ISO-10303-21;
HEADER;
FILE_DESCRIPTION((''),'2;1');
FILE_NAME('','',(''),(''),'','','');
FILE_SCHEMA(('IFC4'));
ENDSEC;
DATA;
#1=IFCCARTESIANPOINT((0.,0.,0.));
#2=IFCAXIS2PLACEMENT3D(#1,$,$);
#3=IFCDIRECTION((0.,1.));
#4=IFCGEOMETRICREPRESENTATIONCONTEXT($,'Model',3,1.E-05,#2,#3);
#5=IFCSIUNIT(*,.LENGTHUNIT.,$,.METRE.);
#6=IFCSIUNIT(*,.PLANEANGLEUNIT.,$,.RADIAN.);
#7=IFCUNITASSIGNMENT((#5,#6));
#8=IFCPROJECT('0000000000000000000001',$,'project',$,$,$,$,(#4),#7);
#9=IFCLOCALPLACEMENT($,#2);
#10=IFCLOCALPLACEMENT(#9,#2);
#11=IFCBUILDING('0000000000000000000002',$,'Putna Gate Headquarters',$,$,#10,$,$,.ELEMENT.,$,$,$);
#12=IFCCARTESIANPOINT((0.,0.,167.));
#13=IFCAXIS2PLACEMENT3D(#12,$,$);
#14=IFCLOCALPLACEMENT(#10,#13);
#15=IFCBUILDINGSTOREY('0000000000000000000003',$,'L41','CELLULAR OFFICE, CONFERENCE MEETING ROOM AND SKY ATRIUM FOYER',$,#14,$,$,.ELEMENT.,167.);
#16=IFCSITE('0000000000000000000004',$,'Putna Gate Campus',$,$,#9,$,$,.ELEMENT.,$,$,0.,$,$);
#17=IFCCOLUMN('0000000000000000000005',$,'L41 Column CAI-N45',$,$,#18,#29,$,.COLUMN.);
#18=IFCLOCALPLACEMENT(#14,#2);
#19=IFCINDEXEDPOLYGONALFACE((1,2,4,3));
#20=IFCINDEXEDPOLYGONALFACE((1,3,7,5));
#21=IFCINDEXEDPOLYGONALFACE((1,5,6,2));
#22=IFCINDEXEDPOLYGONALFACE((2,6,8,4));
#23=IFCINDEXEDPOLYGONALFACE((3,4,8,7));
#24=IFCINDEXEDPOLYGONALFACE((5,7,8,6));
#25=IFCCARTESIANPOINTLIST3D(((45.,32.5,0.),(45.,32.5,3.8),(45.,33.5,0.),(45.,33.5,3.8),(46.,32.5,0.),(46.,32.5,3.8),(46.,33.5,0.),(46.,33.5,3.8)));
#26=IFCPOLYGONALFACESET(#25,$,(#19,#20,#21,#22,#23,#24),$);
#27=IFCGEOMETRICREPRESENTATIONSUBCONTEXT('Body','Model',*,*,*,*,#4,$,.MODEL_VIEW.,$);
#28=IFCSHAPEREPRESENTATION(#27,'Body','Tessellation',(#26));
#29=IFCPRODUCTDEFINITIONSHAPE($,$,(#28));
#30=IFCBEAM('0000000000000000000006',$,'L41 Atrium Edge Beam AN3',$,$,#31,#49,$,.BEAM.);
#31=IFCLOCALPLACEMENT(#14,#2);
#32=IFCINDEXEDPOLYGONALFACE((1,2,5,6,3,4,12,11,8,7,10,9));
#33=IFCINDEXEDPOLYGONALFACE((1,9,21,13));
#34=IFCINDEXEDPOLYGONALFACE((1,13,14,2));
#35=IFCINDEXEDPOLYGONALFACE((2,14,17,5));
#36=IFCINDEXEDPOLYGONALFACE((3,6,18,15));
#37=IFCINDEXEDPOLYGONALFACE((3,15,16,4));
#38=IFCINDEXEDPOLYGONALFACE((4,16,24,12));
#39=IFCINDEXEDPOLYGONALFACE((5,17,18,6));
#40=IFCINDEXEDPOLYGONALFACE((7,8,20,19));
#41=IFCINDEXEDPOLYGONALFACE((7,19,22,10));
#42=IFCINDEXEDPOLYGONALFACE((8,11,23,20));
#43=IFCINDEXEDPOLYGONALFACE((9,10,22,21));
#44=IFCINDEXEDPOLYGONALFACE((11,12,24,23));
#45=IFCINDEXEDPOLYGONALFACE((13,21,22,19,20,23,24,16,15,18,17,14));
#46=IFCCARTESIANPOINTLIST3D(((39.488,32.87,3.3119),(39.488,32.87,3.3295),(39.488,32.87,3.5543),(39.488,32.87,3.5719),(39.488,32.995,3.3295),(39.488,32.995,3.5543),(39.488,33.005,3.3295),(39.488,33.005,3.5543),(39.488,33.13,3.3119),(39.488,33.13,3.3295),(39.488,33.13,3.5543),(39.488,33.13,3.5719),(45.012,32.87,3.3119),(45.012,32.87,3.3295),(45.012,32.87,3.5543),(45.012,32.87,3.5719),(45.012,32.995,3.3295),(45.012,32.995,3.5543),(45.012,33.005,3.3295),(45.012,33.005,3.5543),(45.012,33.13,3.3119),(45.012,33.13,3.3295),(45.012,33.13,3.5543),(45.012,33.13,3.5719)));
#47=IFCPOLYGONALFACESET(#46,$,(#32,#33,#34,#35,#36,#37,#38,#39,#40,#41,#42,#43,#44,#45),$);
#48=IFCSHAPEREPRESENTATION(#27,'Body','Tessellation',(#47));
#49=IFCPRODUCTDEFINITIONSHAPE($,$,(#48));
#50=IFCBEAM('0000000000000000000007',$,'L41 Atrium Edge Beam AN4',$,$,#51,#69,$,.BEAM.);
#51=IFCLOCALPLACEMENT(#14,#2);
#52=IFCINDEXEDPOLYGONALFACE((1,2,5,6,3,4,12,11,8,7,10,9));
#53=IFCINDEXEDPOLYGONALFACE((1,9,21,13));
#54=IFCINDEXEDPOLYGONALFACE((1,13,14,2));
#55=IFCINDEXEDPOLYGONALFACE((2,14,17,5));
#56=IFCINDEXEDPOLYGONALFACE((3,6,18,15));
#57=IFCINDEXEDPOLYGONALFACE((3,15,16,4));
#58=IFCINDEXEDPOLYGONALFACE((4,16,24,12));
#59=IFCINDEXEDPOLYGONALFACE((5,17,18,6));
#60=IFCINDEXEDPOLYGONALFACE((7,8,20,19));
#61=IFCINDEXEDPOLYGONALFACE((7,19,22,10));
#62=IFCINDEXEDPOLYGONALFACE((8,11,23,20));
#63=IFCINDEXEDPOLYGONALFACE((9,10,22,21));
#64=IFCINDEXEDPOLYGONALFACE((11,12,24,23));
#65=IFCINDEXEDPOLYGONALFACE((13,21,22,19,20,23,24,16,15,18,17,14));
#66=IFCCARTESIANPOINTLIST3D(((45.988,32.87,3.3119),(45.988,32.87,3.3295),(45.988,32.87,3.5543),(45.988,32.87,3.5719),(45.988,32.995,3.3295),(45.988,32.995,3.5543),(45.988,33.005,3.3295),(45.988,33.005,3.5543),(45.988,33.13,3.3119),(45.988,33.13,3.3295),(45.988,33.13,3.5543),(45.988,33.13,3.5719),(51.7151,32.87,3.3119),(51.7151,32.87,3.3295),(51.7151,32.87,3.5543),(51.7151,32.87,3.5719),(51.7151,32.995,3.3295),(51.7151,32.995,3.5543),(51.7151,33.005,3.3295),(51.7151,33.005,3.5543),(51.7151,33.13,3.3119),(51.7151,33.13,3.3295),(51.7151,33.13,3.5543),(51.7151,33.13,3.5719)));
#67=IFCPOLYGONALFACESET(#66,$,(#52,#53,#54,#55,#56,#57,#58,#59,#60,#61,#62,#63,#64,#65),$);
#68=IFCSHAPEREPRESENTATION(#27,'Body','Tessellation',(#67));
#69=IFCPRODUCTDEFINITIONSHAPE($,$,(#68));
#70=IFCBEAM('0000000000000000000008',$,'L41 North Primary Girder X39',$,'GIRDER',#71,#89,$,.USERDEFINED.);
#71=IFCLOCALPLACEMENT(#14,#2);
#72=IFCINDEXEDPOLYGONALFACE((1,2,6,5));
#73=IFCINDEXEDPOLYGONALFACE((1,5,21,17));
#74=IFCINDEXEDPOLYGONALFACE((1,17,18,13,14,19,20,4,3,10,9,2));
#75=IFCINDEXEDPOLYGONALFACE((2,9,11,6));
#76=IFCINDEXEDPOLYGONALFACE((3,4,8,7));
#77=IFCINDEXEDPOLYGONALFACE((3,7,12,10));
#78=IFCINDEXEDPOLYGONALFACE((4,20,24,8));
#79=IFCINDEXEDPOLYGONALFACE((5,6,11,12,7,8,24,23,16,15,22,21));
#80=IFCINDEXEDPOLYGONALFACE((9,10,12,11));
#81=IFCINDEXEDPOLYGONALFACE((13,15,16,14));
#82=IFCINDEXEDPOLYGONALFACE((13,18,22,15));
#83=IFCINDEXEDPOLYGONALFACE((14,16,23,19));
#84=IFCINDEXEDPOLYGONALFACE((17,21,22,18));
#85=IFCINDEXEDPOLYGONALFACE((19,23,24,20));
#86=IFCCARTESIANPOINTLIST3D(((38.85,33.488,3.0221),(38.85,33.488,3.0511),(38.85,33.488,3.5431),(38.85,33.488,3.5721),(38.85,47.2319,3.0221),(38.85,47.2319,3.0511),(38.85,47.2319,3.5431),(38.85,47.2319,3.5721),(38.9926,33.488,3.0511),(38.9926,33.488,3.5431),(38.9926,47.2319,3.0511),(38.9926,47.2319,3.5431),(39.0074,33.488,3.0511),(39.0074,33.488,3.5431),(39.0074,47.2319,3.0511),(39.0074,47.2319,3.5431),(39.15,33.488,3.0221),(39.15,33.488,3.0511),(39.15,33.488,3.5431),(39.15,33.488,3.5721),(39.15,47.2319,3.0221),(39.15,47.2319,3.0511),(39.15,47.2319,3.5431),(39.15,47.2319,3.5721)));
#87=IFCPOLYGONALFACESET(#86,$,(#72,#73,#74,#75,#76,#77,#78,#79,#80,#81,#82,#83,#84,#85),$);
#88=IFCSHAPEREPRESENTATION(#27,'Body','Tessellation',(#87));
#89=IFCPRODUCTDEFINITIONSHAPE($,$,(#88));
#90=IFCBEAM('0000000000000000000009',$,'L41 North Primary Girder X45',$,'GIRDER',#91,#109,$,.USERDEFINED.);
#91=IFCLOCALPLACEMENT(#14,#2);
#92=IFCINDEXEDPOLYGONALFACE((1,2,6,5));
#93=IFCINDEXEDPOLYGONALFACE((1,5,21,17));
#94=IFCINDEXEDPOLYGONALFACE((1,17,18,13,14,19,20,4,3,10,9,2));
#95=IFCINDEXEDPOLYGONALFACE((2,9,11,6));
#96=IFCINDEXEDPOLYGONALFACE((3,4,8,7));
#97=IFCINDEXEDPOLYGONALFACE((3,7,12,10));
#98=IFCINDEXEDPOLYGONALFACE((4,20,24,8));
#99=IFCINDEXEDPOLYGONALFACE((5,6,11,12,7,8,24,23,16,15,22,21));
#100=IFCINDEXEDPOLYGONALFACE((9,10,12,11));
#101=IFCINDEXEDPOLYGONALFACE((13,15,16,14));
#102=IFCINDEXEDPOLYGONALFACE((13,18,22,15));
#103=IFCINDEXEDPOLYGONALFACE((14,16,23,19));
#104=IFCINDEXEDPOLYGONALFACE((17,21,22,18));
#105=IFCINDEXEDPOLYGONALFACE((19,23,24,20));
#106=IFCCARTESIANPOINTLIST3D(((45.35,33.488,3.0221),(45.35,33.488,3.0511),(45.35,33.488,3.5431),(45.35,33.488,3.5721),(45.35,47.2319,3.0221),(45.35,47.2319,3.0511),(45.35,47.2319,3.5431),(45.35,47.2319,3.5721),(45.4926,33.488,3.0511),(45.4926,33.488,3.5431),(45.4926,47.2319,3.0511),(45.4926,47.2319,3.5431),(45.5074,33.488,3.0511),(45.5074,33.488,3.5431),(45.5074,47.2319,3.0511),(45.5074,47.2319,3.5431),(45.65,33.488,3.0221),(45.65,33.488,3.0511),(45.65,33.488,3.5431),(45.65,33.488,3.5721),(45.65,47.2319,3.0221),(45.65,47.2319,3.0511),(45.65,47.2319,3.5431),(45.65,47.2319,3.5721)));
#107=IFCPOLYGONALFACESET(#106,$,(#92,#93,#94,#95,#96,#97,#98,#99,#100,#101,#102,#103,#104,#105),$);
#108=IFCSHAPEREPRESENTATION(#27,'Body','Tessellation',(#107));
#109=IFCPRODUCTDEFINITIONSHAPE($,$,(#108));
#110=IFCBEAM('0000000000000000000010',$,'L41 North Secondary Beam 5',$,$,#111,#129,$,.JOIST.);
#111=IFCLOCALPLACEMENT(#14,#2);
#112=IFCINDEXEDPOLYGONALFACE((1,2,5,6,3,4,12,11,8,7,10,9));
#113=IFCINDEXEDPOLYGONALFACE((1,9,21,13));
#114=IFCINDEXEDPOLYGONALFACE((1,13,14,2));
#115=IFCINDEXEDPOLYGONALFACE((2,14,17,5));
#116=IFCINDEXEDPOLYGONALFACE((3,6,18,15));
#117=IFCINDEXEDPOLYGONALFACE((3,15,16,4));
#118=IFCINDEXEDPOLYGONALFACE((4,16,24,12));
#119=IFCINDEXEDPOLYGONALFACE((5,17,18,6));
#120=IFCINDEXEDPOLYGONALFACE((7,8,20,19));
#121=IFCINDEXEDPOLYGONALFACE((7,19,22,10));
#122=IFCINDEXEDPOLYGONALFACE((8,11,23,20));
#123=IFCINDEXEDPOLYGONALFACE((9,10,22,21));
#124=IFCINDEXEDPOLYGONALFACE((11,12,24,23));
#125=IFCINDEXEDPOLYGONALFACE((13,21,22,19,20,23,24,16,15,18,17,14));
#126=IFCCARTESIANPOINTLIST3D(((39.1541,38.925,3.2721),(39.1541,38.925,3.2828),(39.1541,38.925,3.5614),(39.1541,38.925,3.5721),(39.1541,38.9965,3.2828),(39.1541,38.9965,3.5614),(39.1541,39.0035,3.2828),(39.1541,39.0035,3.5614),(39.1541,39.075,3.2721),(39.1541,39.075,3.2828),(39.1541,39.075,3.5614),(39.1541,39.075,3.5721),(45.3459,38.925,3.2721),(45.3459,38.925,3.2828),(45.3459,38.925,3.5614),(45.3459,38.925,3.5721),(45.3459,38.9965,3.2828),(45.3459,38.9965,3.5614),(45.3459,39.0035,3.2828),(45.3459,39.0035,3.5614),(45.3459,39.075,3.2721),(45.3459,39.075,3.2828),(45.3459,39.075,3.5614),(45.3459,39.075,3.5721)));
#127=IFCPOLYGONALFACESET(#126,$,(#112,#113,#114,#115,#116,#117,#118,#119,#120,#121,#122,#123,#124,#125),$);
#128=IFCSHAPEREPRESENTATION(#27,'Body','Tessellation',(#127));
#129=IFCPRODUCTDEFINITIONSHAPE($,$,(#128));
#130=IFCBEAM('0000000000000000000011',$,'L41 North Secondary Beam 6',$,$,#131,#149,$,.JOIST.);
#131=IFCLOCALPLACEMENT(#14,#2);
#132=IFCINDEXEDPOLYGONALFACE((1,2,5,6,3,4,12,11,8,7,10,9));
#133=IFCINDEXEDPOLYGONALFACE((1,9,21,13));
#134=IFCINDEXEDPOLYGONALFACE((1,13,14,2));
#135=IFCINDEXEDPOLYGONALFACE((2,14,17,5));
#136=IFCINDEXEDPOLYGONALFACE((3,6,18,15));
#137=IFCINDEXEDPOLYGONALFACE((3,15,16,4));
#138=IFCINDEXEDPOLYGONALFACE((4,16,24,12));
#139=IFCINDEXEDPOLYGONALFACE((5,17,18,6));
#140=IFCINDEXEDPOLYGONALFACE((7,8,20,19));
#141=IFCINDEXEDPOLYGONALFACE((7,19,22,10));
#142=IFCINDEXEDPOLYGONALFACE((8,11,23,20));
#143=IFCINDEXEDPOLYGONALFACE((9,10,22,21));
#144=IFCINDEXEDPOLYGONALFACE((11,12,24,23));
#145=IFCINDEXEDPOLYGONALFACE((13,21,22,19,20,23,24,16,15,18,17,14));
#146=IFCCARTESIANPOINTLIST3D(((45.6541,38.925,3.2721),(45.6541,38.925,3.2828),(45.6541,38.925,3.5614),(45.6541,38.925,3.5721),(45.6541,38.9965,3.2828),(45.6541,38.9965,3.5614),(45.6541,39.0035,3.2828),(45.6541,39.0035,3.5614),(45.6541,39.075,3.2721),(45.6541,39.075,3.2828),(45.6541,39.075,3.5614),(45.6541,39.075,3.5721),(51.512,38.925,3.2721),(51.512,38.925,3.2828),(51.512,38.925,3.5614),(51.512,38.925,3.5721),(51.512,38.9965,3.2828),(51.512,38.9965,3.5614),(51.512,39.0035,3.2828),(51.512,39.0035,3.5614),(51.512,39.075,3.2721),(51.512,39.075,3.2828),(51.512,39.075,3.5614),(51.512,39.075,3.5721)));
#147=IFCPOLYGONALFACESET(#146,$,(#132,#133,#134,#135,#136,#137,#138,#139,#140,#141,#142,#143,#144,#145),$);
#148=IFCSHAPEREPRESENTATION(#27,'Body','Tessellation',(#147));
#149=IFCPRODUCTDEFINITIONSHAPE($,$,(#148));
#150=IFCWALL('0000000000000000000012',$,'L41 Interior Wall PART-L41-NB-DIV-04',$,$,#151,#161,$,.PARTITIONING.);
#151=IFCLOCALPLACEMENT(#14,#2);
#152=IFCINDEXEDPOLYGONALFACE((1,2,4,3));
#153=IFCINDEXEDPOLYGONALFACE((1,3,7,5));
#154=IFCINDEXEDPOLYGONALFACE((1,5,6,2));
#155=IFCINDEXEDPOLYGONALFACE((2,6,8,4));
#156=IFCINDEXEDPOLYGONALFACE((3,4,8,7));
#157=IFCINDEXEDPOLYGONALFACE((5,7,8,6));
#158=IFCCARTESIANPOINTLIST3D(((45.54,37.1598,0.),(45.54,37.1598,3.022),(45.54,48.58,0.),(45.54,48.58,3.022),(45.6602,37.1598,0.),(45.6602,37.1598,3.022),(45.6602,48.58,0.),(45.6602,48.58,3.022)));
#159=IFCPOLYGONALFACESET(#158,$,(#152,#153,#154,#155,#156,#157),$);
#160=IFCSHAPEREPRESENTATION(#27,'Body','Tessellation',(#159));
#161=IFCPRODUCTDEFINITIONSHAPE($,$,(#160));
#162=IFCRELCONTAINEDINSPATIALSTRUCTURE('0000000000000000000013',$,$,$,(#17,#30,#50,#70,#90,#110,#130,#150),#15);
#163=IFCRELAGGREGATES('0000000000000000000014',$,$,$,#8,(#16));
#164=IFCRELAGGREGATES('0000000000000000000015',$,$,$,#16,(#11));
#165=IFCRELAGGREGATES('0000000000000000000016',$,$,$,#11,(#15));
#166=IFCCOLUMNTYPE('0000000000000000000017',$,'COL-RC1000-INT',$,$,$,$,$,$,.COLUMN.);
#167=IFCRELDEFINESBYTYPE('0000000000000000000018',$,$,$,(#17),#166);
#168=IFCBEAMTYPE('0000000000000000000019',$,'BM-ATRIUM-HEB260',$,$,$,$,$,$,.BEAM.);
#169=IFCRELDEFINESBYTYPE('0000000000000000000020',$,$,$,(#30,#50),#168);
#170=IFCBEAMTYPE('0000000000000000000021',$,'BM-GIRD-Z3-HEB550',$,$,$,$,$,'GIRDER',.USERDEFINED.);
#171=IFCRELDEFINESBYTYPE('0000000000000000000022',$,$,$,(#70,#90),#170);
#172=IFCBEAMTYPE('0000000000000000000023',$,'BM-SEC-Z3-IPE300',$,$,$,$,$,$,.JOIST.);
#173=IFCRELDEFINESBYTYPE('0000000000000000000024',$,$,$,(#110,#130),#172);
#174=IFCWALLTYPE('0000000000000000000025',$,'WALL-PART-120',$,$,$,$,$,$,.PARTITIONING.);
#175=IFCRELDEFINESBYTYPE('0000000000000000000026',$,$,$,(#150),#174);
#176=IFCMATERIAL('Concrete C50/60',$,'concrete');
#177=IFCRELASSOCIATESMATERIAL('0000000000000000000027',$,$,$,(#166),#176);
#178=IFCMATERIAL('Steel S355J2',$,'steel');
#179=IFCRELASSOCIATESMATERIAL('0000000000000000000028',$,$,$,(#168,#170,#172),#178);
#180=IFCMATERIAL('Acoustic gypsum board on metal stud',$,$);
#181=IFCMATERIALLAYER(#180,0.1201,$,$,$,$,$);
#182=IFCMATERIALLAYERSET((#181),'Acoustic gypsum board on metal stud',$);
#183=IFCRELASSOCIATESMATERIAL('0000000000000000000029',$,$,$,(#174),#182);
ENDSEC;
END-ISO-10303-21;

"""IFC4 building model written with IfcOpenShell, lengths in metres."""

from ifc_helpers import new_model, si_unit, direction, frame, frame_2d, origin, origin_2d, place, context, subcontext, project, spatial, rectangle, i_section, extrude, material, layer, layer_set, material_profile, profile_set, type_object, element, save


model = new_model("IFC4")

# Units and contexts
model_context = context("Model", 3, precision=1e-05, world=origin(), true_north=direction((0.0, 1.0)))
body_context = subcontext(model_context, "Body", "Model", "MODEL_VIEW")
ifc_project = project(units=[si_unit("LENGTHUNIT", "METRE"), si_unit("PLANEANGLEUNIT", "RADIAN")], contexts=[model_context])

# Site, building, storey
site_placement = place(None, origin())
site = spatial("IfcSite", under=ifc_project, at=site_placement, Name="Putna Gate Campus", CompositionType="ELEMENT", RefElevation=0.0)
building_placement = place(site_placement, origin())
building = spatial("IfcBuilding", under=site, at=building_placement, Name="Putna Gate Headquarters", CompositionType="ELEMENT")
storey_placement = place(building_placement, frame((0.0, 0.0, 167.0)))
storey = spatial("IfcBuildingStorey", under=building, at=storey_placement, Name="L41", Description="CELLULAR OFFICE, CONFERENCE MEETING ROOM AND SKY ATRIUM FOYER", CompositionType="ELEMENT", Elevation=167.0)

# Column
ifc_material_1 = material(Name="Concrete C50/60", Category="concrete")
ifc_material_profile_1 = material_profile(ifc_material_1, rectangle(XDim=1.0, YDim=1.0, at=origin_2d()), Name="Concrete C50/60")
ifc_profile_set_1 = profile_set([ifc_material_profile_1], Name="Concrete C50/60")
column_type = type_object("IfcColumnType", Name="COL-RC1000-INT", PredefinedType="COLUMN", material=ifc_profile_set_1)
column_placement = place(storey_placement, frame((45.5, 33.0, 0.0), z_axis=(0.0, 0.0, 1.0), x_axis=(1.0, 0.0, 0.0)))
element("IfcColumn", 1, at=column_placement, inside=storey, type_object=column_type, Name="L41 Column CAI-N45", PredefinedType="COLUMN", context=body_context, shape_type="SweptSolid", body=[
    extrude(rectangle(XDim=1.0, YDim=1.0, at=origin_2d()), origin(), (0.0, 0.0, 1.0), 3.8),
])

# Beams
ifc_material_2 = material(Name="Steel S355J2", Category="steel")
ifc_material_profile_2 = material_profile(ifc_material_2, i_section(OverallWidth=0.26, OverallDepth=0.26, WebThickness=0.01, FlangeThickness=0.0176, at=origin_2d()), Name="Steel S355J2")
ifc_profile_set_2 = profile_set([ifc_material_profile_2], Name="Steel S355J2")
beam_type_1 = type_object("IfcBeamType", Name="BM-ATRIUM-HEB260", PredefinedType="BEAM", material=ifc_profile_set_2)
beam_1_placement = place(storey_placement, frame((39.488, 33.0, 3.4419), z_axis=(1.0, 0.0, 0.0), x_axis=(0.0, 1.0, 0.0)))
element("IfcBeam", 2, at=beam_1_placement, inside=storey, type_object=beam_type_1, Name="L41 Atrium Edge Beam AN3", PredefinedType="BEAM", context=body_context, shape_type="SweptSolid", body=[
    extrude(i_section(OverallWidth=0.26, OverallDepth=0.26, WebThickness=0.01, FlangeThickness=0.0176, at=origin_2d()), origin(), (0.0, 0.0, 1.0), 5.5239),
])
beam_2_placement = place(storey_placement, frame((45.988, 33.0, 3.4419), z_axis=(1.0, 0.0, 0.0), x_axis=(0.0, 1.0, 0.0)))
element("IfcBeam", 3, at=beam_2_placement, inside=storey, type_object=beam_type_1, Name="L41 Atrium Edge Beam AN4", PredefinedType="BEAM", context=body_context, shape_type="SweptSolid", body=[
    extrude(i_section(OverallWidth=0.26, OverallDepth=0.26, WebThickness=0.01, FlangeThickness=0.0176, at=origin_2d()), origin(), (0.0, 0.0, 1.0), 5.7271),
])
ifc_material_profile_3 = material_profile(ifc_material_2, i_section(OverallWidth=0.3, OverallDepth=0.55, WebThickness=0.0149, FlangeThickness=0.0291, at=origin_2d()), Name="Steel S355J2")
ifc_profile_set_3 = profile_set([ifc_material_profile_3], Name="Steel S355J2")
beam_type_2 = type_object("IfcBeamType", Name="BM-GIRD-Z3-HEB550", ElementType="GIRDER", PredefinedType="USERDEFINED", material=ifc_profile_set_3)
for number, where, z_axis, x_axis, name in (
    (4, (39.0, 33.488, 3.2971), (0.0, 1.0, 0.0), (-1.0, 0.0, 0.0), "L41 North Primary Girder X39"),
    (5, (45.5, 33.488, 3.2971), (0.0, 1.0, 0.0), (-1.0, 0.0, 0.0), "L41 North Primary Girder X45"),
):
    element("IfcBeam", number, at=place(storey_placement, frame(where, z_axis=z_axis, x_axis=x_axis)), inside=storey, type_object=beam_type_2, Name=name, ObjectType="GIRDER", PredefinedType="USERDEFINED", context=body_context, shape_type="SweptSolid", body=[
        extrude(i_section(OverallWidth=0.3, OverallDepth=0.55, WebThickness=0.0149, FlangeThickness=0.0291, at=origin_2d()), origin(), (0.0, 0.0, 1.0), 13.7439),
    ])
ifc_material_profile_4 = material_profile(ifc_material_2, i_section(OverallWidth=0.1499, OverallDepth=0.3, WebThickness=0.0071, FlangeThickness=0.0107, at=origin_2d()), Name="Steel S355J2")
ifc_profile_set_4 = profile_set([ifc_material_profile_4], Name="Steel S355J2")
beam_type_3 = type_object("IfcBeamType", Name="BM-SEC-Z3-IPE300", PredefinedType="JOIST", material=ifc_profile_set_4)
beam_3_placement = place(storey_placement, frame((39.1541, 39.0, 3.4221), z_axis=(1.0, 0.0, 0.0), x_axis=(0.0, 1.0, 0.0)))
element("IfcBeam", 6, at=beam_3_placement, inside=storey, type_object=beam_type_3, Name="L41 North Secondary Beam 5", PredefinedType="JOIST", context=body_context, shape_type="SweptSolid", body=[
    extrude(i_section(OverallWidth=0.1499, OverallDepth=0.3, WebThickness=0.0071, FlangeThickness=0.0107, at=origin_2d()), origin(), (0.0, 0.0, 1.0), 6.1919),
])
beam_4_placement = place(storey_placement, frame((45.6541, 39.0, 3.4221), z_axis=(1.0, 0.0, 0.0), x_axis=(0.0, 1.0, 0.0)))
element("IfcBeam", 7, at=beam_4_placement, inside=storey, type_object=beam_type_3, Name="L41 North Secondary Beam 6", PredefinedType="JOIST", context=body_context, shape_type="SweptSolid", body=[
    extrude(i_section(OverallWidth=0.1499, OverallDepth=0.3, WebThickness=0.0071, FlangeThickness=0.0107, at=origin_2d()), origin(), (0.0, 0.0, 1.0), 5.8579),
])

# Shared definitions
ifc_material_3 = material(Name="Acoustic gypsum board on metal stud")
ifc_layer_1 = layer(ifc_material_3, 0.1201)
ifc_layer_set_1 = layer_set([ifc_layer_1], Name="Acoustic gypsum board on metal stud")
wall_type_1 = type_object("IfcWallType", Name="WALL-PART-120", PredefinedType="PARTITIONING", material=ifc_layer_set_1)

# Wall
wall_1_placement = place(storey_placement, frame((45.6001, 37.1599, 0.0), z_axis=(0.0, 0.0, 1.0), x_axis=(0.0, 1.0, 0.0)))
element("IfcWall", 8, at=wall_1_placement, inside=storey, type_object=wall_type_1, Name="L41 Interior Wall PART-L41-NB-DIV-04", PredefinedType="PARTITIONING", context=body_context, shape_type="SweptSolid", body=[
    extrude(rectangle(XDim=11.4202, YDim=0.1201, at=frame_2d((5.71, 0.0))), origin(), (0.0, 0.0, 1.0), 3.022),
])

save(model, "model.ifc")
